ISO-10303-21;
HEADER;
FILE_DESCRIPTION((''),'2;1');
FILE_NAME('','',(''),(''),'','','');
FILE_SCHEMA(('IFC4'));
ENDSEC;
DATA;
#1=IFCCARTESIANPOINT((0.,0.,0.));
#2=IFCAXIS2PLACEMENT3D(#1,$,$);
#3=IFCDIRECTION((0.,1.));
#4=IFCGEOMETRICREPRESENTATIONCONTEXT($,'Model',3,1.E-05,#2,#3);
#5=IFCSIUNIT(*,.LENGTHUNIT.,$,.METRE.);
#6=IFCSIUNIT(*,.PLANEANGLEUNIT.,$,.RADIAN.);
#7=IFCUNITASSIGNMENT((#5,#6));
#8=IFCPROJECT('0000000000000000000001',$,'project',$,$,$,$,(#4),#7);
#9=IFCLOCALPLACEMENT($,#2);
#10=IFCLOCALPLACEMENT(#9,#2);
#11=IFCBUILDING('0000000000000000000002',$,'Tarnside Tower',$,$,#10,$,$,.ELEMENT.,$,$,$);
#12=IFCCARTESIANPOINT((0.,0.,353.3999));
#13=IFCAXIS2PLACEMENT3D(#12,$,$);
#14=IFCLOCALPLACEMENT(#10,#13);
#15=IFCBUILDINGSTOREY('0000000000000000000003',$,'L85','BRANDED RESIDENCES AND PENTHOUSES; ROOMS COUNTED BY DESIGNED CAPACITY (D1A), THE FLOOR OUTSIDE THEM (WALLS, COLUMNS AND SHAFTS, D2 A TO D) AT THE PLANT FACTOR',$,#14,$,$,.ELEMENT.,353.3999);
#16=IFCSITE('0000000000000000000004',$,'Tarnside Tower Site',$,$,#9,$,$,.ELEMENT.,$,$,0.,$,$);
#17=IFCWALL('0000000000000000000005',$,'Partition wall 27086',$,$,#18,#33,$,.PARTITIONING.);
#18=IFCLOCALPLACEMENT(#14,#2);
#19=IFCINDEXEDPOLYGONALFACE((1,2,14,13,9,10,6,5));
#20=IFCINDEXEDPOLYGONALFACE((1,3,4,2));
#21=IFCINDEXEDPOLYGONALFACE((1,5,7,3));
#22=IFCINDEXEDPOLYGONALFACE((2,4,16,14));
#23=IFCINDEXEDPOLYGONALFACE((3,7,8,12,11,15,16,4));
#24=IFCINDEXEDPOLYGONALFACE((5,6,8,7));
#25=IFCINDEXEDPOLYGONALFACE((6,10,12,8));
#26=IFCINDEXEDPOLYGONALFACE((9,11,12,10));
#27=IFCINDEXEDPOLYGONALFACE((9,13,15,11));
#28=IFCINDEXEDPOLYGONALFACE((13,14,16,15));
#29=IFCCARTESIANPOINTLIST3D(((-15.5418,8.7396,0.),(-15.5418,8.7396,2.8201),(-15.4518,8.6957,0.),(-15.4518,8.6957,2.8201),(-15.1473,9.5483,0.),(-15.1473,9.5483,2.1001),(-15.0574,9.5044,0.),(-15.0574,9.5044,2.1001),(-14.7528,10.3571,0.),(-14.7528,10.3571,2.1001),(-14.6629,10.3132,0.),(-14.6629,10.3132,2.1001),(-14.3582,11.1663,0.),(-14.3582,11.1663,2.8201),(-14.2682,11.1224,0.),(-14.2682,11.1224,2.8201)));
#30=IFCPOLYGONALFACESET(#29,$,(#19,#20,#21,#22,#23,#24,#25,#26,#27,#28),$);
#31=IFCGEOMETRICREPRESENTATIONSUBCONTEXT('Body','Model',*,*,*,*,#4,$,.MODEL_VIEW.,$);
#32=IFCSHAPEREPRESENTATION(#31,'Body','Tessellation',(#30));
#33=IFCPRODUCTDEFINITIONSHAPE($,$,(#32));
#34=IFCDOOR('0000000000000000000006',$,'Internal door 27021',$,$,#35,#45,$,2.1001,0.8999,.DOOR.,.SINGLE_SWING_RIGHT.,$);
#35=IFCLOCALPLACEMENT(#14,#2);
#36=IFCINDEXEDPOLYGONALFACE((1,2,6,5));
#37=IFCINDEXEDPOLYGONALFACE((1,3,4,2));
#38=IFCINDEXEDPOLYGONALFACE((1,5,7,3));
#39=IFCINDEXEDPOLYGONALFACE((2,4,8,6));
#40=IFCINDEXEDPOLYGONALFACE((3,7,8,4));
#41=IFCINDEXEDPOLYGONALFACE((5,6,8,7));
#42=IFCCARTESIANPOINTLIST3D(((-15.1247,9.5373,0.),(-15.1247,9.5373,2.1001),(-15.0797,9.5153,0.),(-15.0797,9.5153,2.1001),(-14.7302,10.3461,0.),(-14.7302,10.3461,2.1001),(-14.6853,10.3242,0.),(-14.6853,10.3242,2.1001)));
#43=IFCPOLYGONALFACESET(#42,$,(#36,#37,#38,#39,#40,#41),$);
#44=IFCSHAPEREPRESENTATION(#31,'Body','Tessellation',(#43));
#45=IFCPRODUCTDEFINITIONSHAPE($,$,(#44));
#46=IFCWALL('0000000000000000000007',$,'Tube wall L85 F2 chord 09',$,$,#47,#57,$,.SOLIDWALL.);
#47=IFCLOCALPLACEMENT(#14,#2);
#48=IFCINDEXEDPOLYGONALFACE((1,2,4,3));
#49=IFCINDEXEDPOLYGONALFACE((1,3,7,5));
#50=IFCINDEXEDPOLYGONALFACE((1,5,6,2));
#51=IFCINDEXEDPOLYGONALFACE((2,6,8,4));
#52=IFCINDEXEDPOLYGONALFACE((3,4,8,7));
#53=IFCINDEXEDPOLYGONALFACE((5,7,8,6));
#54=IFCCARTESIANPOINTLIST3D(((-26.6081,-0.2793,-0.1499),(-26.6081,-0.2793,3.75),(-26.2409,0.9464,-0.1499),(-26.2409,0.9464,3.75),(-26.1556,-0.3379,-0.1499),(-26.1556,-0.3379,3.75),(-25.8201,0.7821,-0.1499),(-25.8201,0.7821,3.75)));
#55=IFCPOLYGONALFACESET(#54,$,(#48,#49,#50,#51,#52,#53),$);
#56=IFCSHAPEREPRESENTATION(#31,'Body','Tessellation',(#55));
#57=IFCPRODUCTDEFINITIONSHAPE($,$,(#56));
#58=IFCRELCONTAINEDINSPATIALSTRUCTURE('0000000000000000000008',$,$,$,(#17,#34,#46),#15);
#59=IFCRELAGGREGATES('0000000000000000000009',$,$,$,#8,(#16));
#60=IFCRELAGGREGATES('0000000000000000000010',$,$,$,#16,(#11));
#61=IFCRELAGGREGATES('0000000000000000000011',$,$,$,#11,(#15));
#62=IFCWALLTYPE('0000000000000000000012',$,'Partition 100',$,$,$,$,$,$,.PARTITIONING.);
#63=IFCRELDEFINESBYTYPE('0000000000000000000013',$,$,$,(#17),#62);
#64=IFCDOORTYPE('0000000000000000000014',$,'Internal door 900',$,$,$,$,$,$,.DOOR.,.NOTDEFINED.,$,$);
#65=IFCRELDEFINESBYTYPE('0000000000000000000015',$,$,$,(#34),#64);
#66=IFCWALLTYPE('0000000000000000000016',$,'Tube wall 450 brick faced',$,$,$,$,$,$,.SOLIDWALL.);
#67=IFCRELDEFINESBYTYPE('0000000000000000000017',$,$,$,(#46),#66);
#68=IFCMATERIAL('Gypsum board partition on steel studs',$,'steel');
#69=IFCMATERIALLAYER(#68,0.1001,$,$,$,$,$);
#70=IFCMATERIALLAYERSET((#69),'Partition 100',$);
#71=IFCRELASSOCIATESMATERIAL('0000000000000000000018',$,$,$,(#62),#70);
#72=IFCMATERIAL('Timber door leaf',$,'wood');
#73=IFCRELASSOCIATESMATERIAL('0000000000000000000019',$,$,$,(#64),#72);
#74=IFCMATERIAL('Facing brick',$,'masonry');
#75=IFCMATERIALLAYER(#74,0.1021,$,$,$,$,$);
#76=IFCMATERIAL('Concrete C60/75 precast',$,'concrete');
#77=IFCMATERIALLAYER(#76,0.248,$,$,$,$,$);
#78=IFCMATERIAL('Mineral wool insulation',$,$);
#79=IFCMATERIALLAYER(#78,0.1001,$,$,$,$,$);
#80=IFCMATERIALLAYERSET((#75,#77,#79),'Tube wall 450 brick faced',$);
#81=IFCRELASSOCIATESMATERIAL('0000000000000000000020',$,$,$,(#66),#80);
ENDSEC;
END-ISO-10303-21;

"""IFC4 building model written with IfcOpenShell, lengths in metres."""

from ifc_helpers import new_model, si_unit, direction, frame, frame_2d, origin, place, context, subcontext, project, spatial, polyline, rectangle, outline, extrude, material, layer, layer_set, type_object, element, fill, save


model = new_model("IFC4")

# Units and contexts
model_context = context("Model", 3, precision=1e-05, world=origin(), true_north=direction((0.0, 1.0)))
body_context = subcontext(model_context, "Body", "Model", "MODEL_VIEW")
ifc_project = project(units=[si_unit("LENGTHUNIT", "METRE"), si_unit("PLANEANGLEUNIT", "RADIAN")], contexts=[model_context])

# Site, building, storey
site_placement = place(None, origin())
site = spatial("IfcSite", under=ifc_project, at=site_placement, Name="Tarnside Tower Site", CompositionType="ELEMENT", RefElevation=0.0)
building_placement = place(site_placement, origin())
building = spatial("IfcBuilding", under=site, at=building_placement, Name="Tarnside Tower", CompositionType="ELEMENT")
storey_placement = place(building_placement, frame((0.0, 0.0, 353.3999)))
storey = spatial("IfcBuildingStorey", under=building, at=storey_placement, Name="L85", Description="BRANDED RESIDENCES AND PENTHOUSES; ROOMS COUNTED BY DESIGNED CAPACITY (D1A), THE FLOOR OUTSIDE THEM (WALLS, COLUMNS AND SHAFTS, D2 A TO D) AT THE PLANT FACTOR", CompositionType="ELEMENT", Elevation=353.3999)

# Shared definitions
ifc_material_1 = material(Name="Gypsum board partition on steel studs", Category="steel")
ifc_material_2 = material(Name="Concrete C60/75 precast", Category="concrete")
ifc_material_3 = material(Name="Mineral wool insulation")

# Shared definitions
ifc_layer_1 = layer(ifc_material_1, 0.1001)
ifc_layer_set_1 = layer_set([ifc_layer_1], Name="Partition 100")
wall_type_1 = type_object("IfcWallType", Name="Partition 100", PredefinedType="PARTITIONING", material=ifc_layer_set_1)
ifc_material_4 = material(Name="Timber door leaf", Category="wood")
door_type = type_object("IfcDoorType", Name="Internal door 900", OperationType="NOTDEFINED", PredefinedType="DOOR", material=ifc_material_4)

# Wall, opening, door
wall_1_placement = place(storey_placement, frame((-15.4968, 8.7175, 0.0), z_axis=(0.0, 0.0, 1.0), x_axis=(0.438367, 0.898796, 0.0)))
wall_1 = element("IfcWall", 1, at=wall_1_placement, inside=storey, type_object=wall_type_1, Name="Partition wall 27086", PredefinedType="PARTITIONING", context=body_context, shape_type="SweptSolid", body=[
    extrude(rectangle(XDim=2.7, YDim=0.1001, at=frame_2d((1.3501, 0.0))), origin(), (0.0, 0.0, 1.0), 2.8201),
])
opening_1_placement = place(wall_1_placement, frame((0.8999, 0.0, 0.0)))
opening_1 = element("IfcOpeningElement", 2, at=opening_1_placement, cuts=wall_1, PredefinedType="OPENING", context=body_context, shape_type="SweptSolid", body=[
    extrude(rectangle(XDim=0.8999, YDim=2.1001, at=frame_2d((0.45, 1.05))), frame((0.0, 0.0601, 0.0), z_axis=(0.0, -1.0, 0.0), x_axis=(1.0, 0.0, 0.0)), (0.0, 0.0, 1.0), 0.1201),
])
door_1_placement = place(opening_1_placement, origin())
door_1 = element("IfcDoor", 3, at=door_1_placement, inside=storey, type_object=door_type, Name="Internal door 27021", OperationType="SINGLE_SWING_RIGHT", OverallHeight=2.1001, OverallWidth=0.8999, PredefinedType="DOOR", context=body_context, shape_type="SweptSolid", body=[
    extrude(rectangle(XDim=0.8999, YDim=2.1001, at=frame_2d((0.45, 1.05))), frame((0.0, 0.0249, 0.0), z_axis=(0.0, -1.0, 0.0), x_axis=(1.0, 0.0, 0.0)), (0.0, 0.0, 1.0), 0.05),
])
fill(opening_1, door_1)

# Wall
ifc_material_5 = material(Name="Facing brick", Category="masonry")
ifc_layer_2 = layer(ifc_material_5, 0.1021)
ifc_layer_3 = layer(ifc_material_2, 0.248)
ifc_layer_4 = layer(ifc_material_3, 0.1001)
ifc_layer_set_2 = layer_set([ifc_layer_2, ifc_layer_3, ifc_layer_4], Name="Tube wall 450 brick faced")
wall_type_2 = type_object("IfcWallType", Name="Tube wall 450 brick faced", PredefinedType="SOLIDWALL", material=ifc_layer_set_2)
wall_2_placement = place(storey_placement, frame((-26.0305, 0.8643, -0.1499), z_axis=(0.0, 0.0, 1.0), x_axis=(-0.286945, -0.957947, 0.0)))
element("IfcWall", 4, at=wall_2_placement, inside=storey, type_object=wall_type_2, Name="Tube wall L85 F2 chord 09", PredefinedType="SOLIDWALL", context=body_context, shape_type="SweptSolid", body=[
    extrude(outline(polyline([(-0.0183, -0.2251), (1.2612, -0.2251), (1.1875, 0.2251), (0.0183, 0.2251), (-0.0183, -0.2251)])), origin(), (0.0, 0.0, 1.0), 3.8999),
])

save(model, "model.ifc")
